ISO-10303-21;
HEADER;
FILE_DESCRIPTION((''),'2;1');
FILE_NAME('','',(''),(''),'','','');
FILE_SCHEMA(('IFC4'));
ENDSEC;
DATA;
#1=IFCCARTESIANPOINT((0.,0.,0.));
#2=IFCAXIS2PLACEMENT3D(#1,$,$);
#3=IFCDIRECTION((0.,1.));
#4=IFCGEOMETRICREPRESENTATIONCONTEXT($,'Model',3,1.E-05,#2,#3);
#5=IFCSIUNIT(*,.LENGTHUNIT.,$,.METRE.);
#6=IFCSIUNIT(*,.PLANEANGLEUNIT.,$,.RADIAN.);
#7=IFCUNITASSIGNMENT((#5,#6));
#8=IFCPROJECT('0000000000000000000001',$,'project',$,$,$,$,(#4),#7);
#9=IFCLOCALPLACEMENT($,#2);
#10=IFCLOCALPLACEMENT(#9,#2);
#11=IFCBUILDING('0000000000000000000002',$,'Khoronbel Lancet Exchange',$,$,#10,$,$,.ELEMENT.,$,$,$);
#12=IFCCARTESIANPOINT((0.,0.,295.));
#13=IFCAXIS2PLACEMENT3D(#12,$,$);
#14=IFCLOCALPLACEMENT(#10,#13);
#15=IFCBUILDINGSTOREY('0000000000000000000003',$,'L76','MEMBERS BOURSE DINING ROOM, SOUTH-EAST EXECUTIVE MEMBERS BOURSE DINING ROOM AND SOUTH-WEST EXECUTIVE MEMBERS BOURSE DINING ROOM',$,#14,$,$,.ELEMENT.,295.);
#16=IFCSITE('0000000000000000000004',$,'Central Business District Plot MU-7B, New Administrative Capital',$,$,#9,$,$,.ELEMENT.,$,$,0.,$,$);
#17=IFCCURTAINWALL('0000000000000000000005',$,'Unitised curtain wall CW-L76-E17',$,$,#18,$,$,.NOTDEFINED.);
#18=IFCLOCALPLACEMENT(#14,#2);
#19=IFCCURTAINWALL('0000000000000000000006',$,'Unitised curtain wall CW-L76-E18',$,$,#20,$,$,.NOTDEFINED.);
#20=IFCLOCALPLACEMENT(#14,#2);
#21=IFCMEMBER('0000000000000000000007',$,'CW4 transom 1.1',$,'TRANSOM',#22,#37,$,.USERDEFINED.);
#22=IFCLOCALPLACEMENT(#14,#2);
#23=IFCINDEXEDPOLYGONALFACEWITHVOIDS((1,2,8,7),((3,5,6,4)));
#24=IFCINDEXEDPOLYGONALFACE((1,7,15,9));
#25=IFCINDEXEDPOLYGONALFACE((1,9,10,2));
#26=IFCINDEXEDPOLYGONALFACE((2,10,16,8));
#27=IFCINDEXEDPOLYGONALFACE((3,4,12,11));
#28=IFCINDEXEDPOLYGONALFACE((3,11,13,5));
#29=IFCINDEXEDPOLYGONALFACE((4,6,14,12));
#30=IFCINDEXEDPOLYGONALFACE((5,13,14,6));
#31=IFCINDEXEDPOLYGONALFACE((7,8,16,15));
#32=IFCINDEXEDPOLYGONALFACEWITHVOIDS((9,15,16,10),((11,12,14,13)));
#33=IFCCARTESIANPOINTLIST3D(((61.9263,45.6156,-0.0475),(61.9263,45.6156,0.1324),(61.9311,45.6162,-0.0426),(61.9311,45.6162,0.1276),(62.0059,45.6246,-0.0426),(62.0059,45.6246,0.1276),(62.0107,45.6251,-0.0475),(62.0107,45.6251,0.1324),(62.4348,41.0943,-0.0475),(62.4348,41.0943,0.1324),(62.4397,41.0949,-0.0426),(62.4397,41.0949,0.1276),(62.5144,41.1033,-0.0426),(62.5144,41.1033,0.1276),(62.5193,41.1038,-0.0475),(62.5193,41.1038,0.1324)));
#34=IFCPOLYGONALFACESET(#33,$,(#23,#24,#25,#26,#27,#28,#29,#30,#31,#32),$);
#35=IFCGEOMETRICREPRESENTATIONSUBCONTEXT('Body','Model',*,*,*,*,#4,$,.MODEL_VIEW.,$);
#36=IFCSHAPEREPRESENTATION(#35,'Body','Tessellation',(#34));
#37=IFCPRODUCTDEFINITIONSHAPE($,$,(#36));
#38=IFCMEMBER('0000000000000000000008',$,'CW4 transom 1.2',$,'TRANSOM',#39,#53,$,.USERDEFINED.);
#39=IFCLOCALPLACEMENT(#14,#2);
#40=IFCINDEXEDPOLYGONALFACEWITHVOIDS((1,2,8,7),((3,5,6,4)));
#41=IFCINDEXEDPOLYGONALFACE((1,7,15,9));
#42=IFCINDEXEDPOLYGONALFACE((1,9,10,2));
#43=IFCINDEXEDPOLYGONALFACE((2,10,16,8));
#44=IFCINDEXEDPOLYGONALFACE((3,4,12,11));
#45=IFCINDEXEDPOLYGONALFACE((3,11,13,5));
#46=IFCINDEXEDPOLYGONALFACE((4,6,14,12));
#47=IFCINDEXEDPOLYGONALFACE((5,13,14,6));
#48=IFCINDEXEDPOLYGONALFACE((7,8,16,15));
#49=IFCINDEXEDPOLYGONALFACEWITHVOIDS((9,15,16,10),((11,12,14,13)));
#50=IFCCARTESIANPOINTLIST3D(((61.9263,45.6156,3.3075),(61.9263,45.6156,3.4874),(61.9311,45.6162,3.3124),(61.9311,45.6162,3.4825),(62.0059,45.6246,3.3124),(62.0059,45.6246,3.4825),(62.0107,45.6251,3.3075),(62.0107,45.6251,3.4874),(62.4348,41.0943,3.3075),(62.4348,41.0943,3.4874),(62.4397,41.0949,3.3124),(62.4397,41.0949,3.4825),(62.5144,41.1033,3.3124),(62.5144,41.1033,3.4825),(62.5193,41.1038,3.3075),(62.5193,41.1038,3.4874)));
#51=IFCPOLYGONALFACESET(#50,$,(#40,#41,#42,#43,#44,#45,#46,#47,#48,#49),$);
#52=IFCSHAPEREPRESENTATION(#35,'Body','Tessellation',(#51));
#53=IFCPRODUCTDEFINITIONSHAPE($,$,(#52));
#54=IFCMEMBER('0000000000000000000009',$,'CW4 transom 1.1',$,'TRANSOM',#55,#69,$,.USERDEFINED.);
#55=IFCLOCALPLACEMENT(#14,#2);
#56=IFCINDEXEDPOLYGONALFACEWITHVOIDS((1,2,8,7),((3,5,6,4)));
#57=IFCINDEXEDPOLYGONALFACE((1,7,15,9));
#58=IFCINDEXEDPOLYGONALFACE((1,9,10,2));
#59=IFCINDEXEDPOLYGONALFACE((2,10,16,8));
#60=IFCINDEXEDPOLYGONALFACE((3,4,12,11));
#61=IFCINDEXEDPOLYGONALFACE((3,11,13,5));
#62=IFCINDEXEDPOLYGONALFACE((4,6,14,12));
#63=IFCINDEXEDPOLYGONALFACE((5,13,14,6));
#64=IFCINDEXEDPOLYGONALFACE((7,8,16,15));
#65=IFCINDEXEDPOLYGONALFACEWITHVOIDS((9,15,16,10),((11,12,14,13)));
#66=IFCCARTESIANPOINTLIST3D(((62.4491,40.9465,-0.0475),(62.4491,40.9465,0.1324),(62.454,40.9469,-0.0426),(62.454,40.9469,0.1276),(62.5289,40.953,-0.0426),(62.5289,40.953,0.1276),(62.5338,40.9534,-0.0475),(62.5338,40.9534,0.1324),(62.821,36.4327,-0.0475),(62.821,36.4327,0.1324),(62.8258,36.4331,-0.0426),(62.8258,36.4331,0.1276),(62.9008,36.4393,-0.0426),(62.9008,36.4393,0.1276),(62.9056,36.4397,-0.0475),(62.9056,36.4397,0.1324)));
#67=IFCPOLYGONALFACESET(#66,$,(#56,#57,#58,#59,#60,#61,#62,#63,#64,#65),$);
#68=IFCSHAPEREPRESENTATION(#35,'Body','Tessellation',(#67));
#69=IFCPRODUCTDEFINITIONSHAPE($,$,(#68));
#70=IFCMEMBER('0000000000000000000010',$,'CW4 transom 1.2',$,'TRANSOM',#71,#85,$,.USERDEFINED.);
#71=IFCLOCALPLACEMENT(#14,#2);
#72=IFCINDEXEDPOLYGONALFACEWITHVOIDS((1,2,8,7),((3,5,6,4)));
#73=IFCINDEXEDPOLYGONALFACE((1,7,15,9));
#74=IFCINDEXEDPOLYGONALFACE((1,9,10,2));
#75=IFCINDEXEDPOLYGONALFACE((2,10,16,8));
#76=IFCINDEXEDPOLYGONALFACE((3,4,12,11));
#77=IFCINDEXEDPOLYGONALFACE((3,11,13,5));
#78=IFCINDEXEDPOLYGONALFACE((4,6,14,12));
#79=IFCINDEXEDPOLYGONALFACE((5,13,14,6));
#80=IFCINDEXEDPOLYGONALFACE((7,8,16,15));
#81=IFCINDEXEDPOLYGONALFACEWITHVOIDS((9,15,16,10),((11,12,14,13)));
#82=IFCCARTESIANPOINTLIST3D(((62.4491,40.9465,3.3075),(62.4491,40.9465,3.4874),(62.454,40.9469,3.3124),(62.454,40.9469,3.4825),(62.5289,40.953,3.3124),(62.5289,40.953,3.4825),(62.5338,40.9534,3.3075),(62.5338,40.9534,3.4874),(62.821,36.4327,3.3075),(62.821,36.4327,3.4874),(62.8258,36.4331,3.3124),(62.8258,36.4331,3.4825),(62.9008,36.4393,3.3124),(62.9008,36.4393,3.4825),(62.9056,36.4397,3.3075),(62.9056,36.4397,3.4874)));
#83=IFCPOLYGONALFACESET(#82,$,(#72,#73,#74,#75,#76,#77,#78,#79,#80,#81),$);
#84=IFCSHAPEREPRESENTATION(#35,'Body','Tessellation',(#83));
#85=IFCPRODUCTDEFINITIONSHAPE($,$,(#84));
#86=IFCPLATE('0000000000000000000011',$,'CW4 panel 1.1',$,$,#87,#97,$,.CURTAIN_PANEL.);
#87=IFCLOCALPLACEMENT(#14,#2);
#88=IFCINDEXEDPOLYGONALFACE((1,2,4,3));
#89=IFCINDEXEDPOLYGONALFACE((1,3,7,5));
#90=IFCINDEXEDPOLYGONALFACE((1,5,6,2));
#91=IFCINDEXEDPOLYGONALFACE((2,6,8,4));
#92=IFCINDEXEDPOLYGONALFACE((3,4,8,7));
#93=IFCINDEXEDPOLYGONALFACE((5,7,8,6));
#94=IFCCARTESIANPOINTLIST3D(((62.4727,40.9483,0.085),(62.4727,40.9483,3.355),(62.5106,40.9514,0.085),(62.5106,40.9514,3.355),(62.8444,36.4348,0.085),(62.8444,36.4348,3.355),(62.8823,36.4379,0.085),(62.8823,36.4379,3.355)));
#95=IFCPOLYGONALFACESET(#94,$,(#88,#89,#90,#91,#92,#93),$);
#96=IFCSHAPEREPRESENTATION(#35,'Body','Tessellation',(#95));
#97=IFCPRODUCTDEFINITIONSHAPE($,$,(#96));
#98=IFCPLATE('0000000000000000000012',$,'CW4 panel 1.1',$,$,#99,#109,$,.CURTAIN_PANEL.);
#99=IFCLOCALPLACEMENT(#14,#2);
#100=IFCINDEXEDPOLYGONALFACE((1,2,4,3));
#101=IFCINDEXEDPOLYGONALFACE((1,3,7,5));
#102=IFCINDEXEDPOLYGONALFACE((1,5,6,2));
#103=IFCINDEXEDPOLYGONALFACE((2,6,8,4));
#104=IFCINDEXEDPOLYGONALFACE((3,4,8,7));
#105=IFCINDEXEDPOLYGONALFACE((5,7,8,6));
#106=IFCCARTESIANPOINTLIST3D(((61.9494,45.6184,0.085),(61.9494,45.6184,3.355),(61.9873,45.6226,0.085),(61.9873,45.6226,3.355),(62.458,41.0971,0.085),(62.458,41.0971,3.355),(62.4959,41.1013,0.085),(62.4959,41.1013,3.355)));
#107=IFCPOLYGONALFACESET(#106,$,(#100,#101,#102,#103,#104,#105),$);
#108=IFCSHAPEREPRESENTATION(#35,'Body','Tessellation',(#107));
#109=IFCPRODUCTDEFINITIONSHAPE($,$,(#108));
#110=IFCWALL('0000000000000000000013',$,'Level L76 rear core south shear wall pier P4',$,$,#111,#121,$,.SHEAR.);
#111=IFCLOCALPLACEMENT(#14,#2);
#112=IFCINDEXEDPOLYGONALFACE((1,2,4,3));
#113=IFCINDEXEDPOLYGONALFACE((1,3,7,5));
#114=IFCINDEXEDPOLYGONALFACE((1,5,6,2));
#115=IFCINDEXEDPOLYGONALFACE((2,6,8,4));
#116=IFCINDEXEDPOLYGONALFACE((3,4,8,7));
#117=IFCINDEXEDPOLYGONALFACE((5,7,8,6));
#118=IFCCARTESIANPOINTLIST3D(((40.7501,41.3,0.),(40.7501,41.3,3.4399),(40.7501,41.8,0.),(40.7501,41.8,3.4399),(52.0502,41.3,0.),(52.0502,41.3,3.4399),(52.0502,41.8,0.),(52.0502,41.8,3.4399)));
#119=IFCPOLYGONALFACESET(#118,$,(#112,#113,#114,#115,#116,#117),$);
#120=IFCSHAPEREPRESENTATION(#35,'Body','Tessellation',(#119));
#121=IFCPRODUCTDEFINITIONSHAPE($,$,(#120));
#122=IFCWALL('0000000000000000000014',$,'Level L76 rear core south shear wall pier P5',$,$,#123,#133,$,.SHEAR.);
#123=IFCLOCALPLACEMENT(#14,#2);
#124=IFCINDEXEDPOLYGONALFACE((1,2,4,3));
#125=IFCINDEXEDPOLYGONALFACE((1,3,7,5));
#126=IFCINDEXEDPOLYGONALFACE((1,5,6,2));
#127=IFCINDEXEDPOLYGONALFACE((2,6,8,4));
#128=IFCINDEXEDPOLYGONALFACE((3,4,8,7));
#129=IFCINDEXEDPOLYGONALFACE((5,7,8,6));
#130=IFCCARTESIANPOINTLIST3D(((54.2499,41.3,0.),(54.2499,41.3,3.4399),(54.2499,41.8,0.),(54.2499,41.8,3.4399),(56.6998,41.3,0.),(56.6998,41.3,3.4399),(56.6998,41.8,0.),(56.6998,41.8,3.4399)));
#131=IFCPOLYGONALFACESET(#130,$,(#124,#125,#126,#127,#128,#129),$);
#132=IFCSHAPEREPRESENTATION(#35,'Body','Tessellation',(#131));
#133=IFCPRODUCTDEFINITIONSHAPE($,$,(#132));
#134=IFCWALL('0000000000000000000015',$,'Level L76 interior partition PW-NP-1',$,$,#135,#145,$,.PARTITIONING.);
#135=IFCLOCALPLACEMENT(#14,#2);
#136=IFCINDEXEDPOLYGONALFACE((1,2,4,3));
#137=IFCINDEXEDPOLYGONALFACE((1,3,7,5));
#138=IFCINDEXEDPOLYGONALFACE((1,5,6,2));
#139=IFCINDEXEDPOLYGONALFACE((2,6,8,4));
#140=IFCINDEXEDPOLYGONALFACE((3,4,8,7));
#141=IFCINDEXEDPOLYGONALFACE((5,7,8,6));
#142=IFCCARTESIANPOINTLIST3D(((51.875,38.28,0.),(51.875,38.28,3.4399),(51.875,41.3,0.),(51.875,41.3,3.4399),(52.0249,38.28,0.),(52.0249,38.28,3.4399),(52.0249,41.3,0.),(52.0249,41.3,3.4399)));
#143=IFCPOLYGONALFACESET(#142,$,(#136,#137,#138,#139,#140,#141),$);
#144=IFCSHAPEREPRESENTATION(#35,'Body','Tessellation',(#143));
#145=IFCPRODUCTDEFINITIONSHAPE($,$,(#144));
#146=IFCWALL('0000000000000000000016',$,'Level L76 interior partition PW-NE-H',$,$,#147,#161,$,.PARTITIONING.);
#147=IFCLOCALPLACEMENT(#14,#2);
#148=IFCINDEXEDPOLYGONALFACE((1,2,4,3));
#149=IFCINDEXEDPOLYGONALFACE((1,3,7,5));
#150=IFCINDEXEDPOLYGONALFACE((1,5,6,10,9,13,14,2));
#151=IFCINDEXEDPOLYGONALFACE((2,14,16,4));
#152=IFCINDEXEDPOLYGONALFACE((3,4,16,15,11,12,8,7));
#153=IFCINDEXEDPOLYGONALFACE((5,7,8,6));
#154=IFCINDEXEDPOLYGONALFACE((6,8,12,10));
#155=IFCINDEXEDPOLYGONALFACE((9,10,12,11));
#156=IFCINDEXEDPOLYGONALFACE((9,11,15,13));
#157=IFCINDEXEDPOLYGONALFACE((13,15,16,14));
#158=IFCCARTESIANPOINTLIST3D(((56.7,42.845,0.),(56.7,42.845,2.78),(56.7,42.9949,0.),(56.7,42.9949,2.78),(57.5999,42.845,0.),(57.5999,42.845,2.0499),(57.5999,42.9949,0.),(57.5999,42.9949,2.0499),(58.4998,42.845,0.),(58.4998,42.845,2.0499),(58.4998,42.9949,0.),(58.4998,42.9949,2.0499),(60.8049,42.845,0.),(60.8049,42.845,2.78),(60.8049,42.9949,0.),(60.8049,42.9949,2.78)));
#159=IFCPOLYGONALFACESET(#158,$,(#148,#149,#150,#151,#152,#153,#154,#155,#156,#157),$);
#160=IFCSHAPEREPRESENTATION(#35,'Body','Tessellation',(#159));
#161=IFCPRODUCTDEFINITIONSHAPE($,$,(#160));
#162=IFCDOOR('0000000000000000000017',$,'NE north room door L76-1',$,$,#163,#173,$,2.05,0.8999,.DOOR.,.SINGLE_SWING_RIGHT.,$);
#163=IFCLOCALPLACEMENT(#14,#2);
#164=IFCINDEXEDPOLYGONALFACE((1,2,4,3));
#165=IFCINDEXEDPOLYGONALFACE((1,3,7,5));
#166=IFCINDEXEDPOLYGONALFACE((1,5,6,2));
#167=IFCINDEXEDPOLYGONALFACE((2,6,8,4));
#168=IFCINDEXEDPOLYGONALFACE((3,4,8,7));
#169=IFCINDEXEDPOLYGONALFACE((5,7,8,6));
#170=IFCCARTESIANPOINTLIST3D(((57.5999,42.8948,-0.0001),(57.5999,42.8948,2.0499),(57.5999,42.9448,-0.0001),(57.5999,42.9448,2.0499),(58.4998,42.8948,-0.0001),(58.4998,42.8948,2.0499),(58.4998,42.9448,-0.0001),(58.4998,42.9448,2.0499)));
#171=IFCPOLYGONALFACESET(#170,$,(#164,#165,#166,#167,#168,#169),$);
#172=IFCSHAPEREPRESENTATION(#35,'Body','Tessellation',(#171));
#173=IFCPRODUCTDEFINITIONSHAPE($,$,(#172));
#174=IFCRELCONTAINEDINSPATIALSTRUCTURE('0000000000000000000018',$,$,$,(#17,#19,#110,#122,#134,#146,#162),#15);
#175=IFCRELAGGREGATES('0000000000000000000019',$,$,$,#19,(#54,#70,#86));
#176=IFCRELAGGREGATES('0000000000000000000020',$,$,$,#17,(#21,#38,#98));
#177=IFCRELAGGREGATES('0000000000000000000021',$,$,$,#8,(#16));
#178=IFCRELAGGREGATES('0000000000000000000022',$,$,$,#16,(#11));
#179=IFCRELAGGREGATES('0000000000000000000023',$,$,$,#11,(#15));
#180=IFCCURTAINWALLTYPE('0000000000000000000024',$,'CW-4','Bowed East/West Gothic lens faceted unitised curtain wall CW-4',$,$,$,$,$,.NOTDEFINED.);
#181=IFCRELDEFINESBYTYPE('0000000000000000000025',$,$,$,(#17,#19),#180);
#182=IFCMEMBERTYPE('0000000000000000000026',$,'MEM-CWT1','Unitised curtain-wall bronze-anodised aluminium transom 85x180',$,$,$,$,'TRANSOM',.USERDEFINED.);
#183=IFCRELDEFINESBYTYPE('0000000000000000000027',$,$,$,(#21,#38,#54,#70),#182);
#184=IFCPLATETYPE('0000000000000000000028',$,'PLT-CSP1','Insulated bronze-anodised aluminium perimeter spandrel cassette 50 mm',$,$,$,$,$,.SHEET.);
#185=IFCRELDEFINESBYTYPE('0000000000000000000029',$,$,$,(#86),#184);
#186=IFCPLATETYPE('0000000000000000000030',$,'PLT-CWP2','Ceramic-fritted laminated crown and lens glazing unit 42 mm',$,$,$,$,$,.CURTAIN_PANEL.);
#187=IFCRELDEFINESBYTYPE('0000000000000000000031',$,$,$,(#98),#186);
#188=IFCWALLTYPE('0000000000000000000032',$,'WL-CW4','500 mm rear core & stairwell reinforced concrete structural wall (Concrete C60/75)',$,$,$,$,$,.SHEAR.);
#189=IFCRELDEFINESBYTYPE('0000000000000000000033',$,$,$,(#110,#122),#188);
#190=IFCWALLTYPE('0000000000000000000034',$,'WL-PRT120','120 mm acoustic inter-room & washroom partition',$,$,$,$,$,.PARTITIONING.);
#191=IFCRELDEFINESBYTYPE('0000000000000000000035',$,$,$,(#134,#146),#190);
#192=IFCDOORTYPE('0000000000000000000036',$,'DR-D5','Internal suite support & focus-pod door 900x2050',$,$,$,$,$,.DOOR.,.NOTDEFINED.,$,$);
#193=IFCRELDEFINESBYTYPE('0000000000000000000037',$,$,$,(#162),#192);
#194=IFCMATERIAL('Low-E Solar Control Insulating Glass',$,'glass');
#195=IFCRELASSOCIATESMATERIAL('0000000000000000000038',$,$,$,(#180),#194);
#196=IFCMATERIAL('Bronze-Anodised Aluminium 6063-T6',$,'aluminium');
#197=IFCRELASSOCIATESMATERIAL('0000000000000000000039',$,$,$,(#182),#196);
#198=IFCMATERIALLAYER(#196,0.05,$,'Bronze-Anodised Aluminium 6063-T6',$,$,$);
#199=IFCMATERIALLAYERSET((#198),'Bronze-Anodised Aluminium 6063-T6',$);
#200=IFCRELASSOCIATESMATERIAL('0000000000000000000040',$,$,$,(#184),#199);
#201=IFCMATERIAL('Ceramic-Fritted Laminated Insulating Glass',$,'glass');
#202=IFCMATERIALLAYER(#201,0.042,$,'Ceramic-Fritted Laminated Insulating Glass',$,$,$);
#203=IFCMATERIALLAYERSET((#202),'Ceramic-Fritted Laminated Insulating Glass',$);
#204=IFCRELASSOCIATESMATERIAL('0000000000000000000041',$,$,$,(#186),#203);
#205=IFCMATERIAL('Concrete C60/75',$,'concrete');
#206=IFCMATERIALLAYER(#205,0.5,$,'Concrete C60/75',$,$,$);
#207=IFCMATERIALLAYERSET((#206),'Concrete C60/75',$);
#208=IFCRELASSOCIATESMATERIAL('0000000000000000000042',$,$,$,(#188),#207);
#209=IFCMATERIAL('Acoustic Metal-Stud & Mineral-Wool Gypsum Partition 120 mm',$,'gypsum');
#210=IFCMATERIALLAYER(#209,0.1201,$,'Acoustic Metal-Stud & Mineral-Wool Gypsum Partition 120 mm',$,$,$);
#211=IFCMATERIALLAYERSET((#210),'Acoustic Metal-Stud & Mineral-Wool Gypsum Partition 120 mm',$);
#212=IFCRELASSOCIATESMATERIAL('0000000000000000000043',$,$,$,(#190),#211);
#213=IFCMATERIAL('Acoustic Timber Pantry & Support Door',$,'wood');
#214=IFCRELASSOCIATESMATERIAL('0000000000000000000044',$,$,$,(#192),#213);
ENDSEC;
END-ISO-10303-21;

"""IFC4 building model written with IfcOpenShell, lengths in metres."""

from ifc_helpers import new_model, si_unit, direction, frame, frame_2d, origin, origin_2d, place, context, subcontext, project, spatial, rectangle, hollow_rectangle, extrude, material, layer, layer_set, material_profile, profile_set, type_object, element, fill, aggregate, save


model = new_model("IFC4")

# Units and contexts
model_context = context("Model", 3, precision=1e-05, world=origin(), true_north=direction((0.0, 1.0)))
body_context = subcontext(model_context, "Body", "Model", "MODEL_VIEW")
ifc_project = project(units=[si_unit("LENGTHUNIT", "METRE"), si_unit("PLANEANGLEUNIT", "RADIAN")], contexts=[model_context])

# Site, building, storey
site_placement = place(None, origin())
site = spatial("IfcSite", under=ifc_project, at=site_placement, Name="Central Business District Plot MU-7B, New Administrative Capital", CompositionType="ELEMENT", RefElevation=0.0)
building_placement = place(site_placement, origin())
building = spatial("IfcBuilding", under=site, at=building_placement, Name="Khoronbel Lancet Exchange", CompositionType="ELEMENT")
storey_placement = place(building_placement, frame((0.0, 0.0, 295.0)))
storey = spatial("IfcBuildingStorey", under=building, at=storey_placement, Name="L76", Description="MEMBERS BOURSE DINING ROOM, SOUTH-EAST EXECUTIVE MEMBERS BOURSE DINING ROOM AND SOUTH-WEST EXECUTIVE MEMBERS BOURSE DINING ROOM", CompositionType="ELEMENT", Elevation=295.0)

# Shared definitions
ifc_material_1 = material(Name="Concrete C60/75", Category="concrete")

# Curtain walls
ifc_material_2 = material(Name="Low-E Solar Control Insulating Glass", Category="glass")
curtain_wall_type = type_object("IfcCurtainWallType", Name="CW-4", Description="Bowed East/West Gothic lens faceted unitised curtain wall CW-4", PredefinedType="NOTDEFINED", material=ifc_material_2)
curtain_wall_1_placement = place(storey_placement, origin())
curtain_wall_1 = element("IfcCurtainWall", 1, at=curtain_wall_1_placement, inside=storey, type_object=curtain_wall_type, Name="Unitised curtain wall CW-L76-E17", PredefinedType="NOTDEFINED")
ifc_material_3 = material(Name="Bronze-Anodised Aluminium 6063-T6", Category="aluminium")
curtain_wall_2_placement = place(storey_placement, origin())
curtain_wall_2 = element("IfcCurtainWall", 2, at=curtain_wall_2_placement, inside=storey, type_object=curtain_wall_type, Name="Unitised curtain wall CW-L76-E18", PredefinedType="NOTDEFINED")

# Members
ifc_material_profile_1 = material_profile(ifc_material_3, hollow_rectangle(XDim=0.085, YDim=0.1799, WallThickness=0.0049, at=origin_2d()), Name="ALU TRANSOM 85x180")
ifc_profile_set_1 = profile_set([ifc_material_profile_1], Name="Bronze-Anodised Aluminium 6063-T6")
member_type_1 = type_object("IfcMemberType", Name="MEM-CWT1", Description="Unitised curtain-wall bronze-anodised aluminium transom 85x180", ElementType="TRANSOM", PredefinedType="USERDEFINED", material=ifc_profile_set_1)
member_1_placement = place(storey_placement, frame((61.9685, 45.6204, 0.0425), z_axis=(0.111774, -0.993734, 0.0), x_axis=(0.993734, 0.111774, 0.0)))
member_1 = element("IfcMember", 3, at=member_1_placement, type_object=member_type_1, Name="CW4 transom 1.1", ObjectType="TRANSOM", PredefinedType="USERDEFINED", context=body_context, shape_type="SweptSolid", body=[
    extrude(hollow_rectangle(XDim=0.085, YDim=0.1799, WallThickness=0.0049, at=origin_2d()), origin(), (0.0, 0.0, 1.0), 4.5498),
])
member_2_placement = place(storey_placement, frame((61.9685, 45.6204, 3.3975), z_axis=(0.111774, -0.993734, 0.0), x_axis=(0.993734, 0.111774, 0.0)))
member_2 = element("IfcMember", 4, at=member_2_placement, type_object=member_type_1, Name="CW4 transom 1.2", ObjectType="TRANSOM", PredefinedType="USERDEFINED", context=body_context, shape_type="SweptSolid", body=[
    extrude(hollow_rectangle(XDim=0.085, YDim=0.1799, WallThickness=0.0049, at=origin_2d()), origin(), (0.0, 0.0, 1.0), 4.5498),
])
member_3_placement = place(storey_placement, frame((62.4915, 40.95, 0.0425), z_axis=(0.0821, -0.996624, 0.0), x_axis=(0.996624, 0.0821, 0.0)))
member_3 = element("IfcMember", 5, at=member_3_placement, type_object=member_type_1, Name="CW4 transom 1.1", ObjectType="TRANSOM", PredefinedType="USERDEFINED", context=body_context, shape_type="SweptSolid", body=[
    extrude(hollow_rectangle(XDim=0.085, YDim=0.1799, WallThickness=0.0049, at=origin_2d()), origin(), (0.0, 0.0, 1.0), 4.5291),
])
member_4_placement = place(storey_placement, frame((62.4915, 40.95, 3.3975), z_axis=(0.0821, -0.996624, 0.0), x_axis=(0.996624, 0.0821, 0.0)))
member_4 = element("IfcMember", 6, at=member_4_placement, type_object=member_type_1, Name="CW4 transom 1.2", ObjectType="TRANSOM", PredefinedType="USERDEFINED", context=body_context, shape_type="SweptSolid", body=[
    extrude(hollow_rectangle(XDim=0.085, YDim=0.1799, WallThickness=0.0049, at=origin_2d()), origin(), (0.0, 0.0, 1.0), 4.5291),
])

# Plates
ifc_layer_1 = layer(ifc_material_3, 0.05, Name="Bronze-Anodised Aluminium 6063-T6")
ifc_layer_set_1 = layer_set([ifc_layer_1], Name="Bronze-Anodised Aluminium 6063-T6")
plate_type_1 = type_object("IfcPlateType", Name="PLT-CSP1", Description="Insulated bronze-anodised aluminium perimeter spandrel cassette 50 mm", PredefinedType="SHEET", material=ifc_layer_set_1)
plate_1_placement = place(storey_placement, frame((62.6775, 38.6931, 0.085), z_axis=(0.0, 0.0, 1.0), x_axis=(0.082073, -0.996626, 0.0)))
plate_1 = element("IfcPlate", 7, at=plate_1_placement, type_object=plate_type_1, Name="CW4 panel 1.1", PredefinedType="CURTAIN_PANEL", context=body_context, shape_type="SweptSolid", body=[
    extrude(rectangle(XDim=4.5288, YDim=0.0381, at=origin_2d()), origin(), (0.0, 0.0, 1.0), 3.27),
])
aggregate(curtain_wall_2, [member_3, member_4, plate_1])
ifc_material_4 = material(Name="Ceramic-Fritted Laminated Insulating Glass", Category="glass")
ifc_layer_2 = layer(ifc_material_4, 0.042, Name="Ceramic-Fritted Laminated Insulating Glass")
ifc_layer_set_2 = layer_set([ifc_layer_2], Name="Ceramic-Fritted Laminated Insulating Glass")
plate_type_2 = type_object("IfcPlateType", Name="PLT-CWP2", Description="Ceramic-fritted laminated crown and lens glazing unit 42 mm", PredefinedType="CURTAIN_PANEL", material=ifc_layer_set_2)
plate_2_placement = place(storey_placement, frame((62.2227, 43.3599, 0.085), z_axis=(0.0, 0.0, 1.0), x_axis=(0.111791, -0.993732, 0.0)))
plate_2 = element("IfcPlate", 8, at=plate_2_placement, type_object=plate_type_2, Name="CW4 panel 1.1", PredefinedType="CURTAIN_PANEL", context=body_context, shape_type="SweptSolid", body=[
    extrude(rectangle(XDim=4.5498, YDim=0.0381, at=origin_2d()), origin(), (0.0, 0.0, 1.0), 3.27),
])
aggregate(curtain_wall_1, [member_1, member_2, plate_2])

# Walls
ifc_layer_3 = layer(ifc_material_1, 0.5, Name="Concrete C60/75")
ifc_layer_set_3 = layer_set([ifc_layer_3], Name="Concrete C60/75")
wall_type_1 = type_object("IfcWallType", Name="WL-CW4", Description="500 mm rear core & stairwell reinforced concrete structural wall (Concrete C60/75)", PredefinedType="SHEAR", material=ifc_layer_set_3)
wall_1_placement = place(storey_placement, frame((52.05, 41.55, 0.0), z_axis=(0.0, 0.0, 1.0), x_axis=(-1.0, 0.0, 0.0)))
element("IfcWall", 9, at=wall_1_placement, inside=storey, type_object=wall_type_1, Name="Level L76 rear core south shear wall pier P4", PredefinedType="SHEAR", context=body_context, shape_type="SweptSolid", body=[
    extrude(rectangle(XDim=11.3, YDim=0.5, at=frame_2d((5.6499, 0.0))), origin(), (0.0, 0.0, 1.0), 3.4399),
])
wall_2_placement = place(storey_placement, frame((56.7, 41.55, 0.0), z_axis=(0.0, 0.0, 1.0), x_axis=(-1.0, 0.0, 0.0)))
element("IfcWall", 10, at=wall_2_placement, inside=storey, type_object=wall_type_1, Name="Level L76 rear core south shear wall pier P5", PredefinedType="SHEAR", context=body_context, shape_type="SweptSolid", body=[
    extrude(rectangle(XDim=2.45, YDim=0.5, at=frame_2d((1.2251, 0.0))), origin(), (0.0, 0.0, 1.0), 3.4399),
])
ifc_material_5 = material(Name="Acoustic Metal-Stud & Mineral-Wool Gypsum Partition 120 mm", Category="gypsum")
ifc_layer_4 = layer(ifc_material_5, 0.1201, Name="Acoustic Metal-Stud & Mineral-Wool Gypsum Partition 120 mm")
ifc_layer_set_4 = layer_set([ifc_layer_4], Name="Acoustic Metal-Stud & Mineral-Wool Gypsum Partition 120 mm")
wall_type_2 = type_object("IfcWallType", Name="WL-PRT120", Description="120 mm acoustic inter-room & washroom partition", PredefinedType="PARTITIONING", material=ifc_layer_set_4)
wall_3_placement = place(storey_placement, frame((51.95, 38.28, 0.0), z_axis=(0.0, 0.0, 1.0), x_axis=(0.0, 1.0, 0.0)))
element("IfcWall", 11, at=wall_3_placement, inside=storey, type_object=wall_type_2, Name="Level L76 interior partition PW-NP-1", PredefinedType="PARTITIONING", context=body_context, shape_type="SweptSolid", body=[
    extrude(rectangle(XDim=3.02, YDim=0.1499, at=frame_2d((1.51, 0.0))), origin(), (0.0, 0.0, 1.0), 3.4399),
])

# Wall, opening, door
wall_4_placement = place(storey_placement, frame((56.7, 42.9199, 0.0), z_axis=(0.0, 0.0, 1.0), x_axis=(1.0, 0.0, 0.0)))
wall_4 = element("IfcWall", 12, at=wall_4_placement, inside=storey, type_object=wall_type_2, Name="Level L76 interior partition PW-NE-H", PredefinedType="PARTITIONING", context=body_context, shape_type="SweptSolid", body=[
    extrude(rectangle(XDim=4.105, YDim=0.1499, at=frame_2d((2.0525, 0.0))), origin(), (0.0, 0.0, 1.0), 2.78),
])
opening_1_placement = place(wall_4_placement, frame((0.8999, 0.0, 0.0)))
opening_1 = element("IfcOpeningElement", 13, at=opening_1_placement, cuts=wall_4, PredefinedType="OPENING", context=body_context, shape_type="SweptSolid", body=[
    extrude(rectangle(XDim=0.8999, YDim=2.05, at=frame_2d((0.45, 1.0249))), frame((0.0, 0.085, 0.0), z_axis=(0.0, -1.0, 0.0), x_axis=(1.0, 0.0, 0.0)), (0.0, 0.0, 1.0), 0.1699),
])
ifc_material_6 = material(Name="Acoustic Timber Pantry & Support Door", Category="wood")
door_type_1 = type_object("IfcDoorType", Name="DR-D5", Description="Internal suite support & focus-pod door 900x2050", OperationType="NOTDEFINED", PredefinedType="DOOR", material=ifc_material_6)
door_1_placement = place(opening_1_placement, origin())
door_1 = element("IfcDoor", 14, at=door_1_placement, inside=storey, type_object=door_type_1, Name="NE north room door L76-1", OperationType="SINGLE_SWING_RIGHT", OverallHeight=2.05, OverallWidth=0.8999, PredefinedType="DOOR", context=body_context, shape_type="SweptSolid", body=[
    extrude(rectangle(XDim=0.8999, YDim=2.05, at=frame_2d((0.45, 1.0249))), frame((0.0, 0.0249, 0.0), z_axis=(0.0, -1.0, 0.0), x_axis=(1.0, 0.0, 0.0)), (0.0, 0.0, 1.0), 0.05),
])
fill(opening_1, door_1)

save(model, "model.ifc")
